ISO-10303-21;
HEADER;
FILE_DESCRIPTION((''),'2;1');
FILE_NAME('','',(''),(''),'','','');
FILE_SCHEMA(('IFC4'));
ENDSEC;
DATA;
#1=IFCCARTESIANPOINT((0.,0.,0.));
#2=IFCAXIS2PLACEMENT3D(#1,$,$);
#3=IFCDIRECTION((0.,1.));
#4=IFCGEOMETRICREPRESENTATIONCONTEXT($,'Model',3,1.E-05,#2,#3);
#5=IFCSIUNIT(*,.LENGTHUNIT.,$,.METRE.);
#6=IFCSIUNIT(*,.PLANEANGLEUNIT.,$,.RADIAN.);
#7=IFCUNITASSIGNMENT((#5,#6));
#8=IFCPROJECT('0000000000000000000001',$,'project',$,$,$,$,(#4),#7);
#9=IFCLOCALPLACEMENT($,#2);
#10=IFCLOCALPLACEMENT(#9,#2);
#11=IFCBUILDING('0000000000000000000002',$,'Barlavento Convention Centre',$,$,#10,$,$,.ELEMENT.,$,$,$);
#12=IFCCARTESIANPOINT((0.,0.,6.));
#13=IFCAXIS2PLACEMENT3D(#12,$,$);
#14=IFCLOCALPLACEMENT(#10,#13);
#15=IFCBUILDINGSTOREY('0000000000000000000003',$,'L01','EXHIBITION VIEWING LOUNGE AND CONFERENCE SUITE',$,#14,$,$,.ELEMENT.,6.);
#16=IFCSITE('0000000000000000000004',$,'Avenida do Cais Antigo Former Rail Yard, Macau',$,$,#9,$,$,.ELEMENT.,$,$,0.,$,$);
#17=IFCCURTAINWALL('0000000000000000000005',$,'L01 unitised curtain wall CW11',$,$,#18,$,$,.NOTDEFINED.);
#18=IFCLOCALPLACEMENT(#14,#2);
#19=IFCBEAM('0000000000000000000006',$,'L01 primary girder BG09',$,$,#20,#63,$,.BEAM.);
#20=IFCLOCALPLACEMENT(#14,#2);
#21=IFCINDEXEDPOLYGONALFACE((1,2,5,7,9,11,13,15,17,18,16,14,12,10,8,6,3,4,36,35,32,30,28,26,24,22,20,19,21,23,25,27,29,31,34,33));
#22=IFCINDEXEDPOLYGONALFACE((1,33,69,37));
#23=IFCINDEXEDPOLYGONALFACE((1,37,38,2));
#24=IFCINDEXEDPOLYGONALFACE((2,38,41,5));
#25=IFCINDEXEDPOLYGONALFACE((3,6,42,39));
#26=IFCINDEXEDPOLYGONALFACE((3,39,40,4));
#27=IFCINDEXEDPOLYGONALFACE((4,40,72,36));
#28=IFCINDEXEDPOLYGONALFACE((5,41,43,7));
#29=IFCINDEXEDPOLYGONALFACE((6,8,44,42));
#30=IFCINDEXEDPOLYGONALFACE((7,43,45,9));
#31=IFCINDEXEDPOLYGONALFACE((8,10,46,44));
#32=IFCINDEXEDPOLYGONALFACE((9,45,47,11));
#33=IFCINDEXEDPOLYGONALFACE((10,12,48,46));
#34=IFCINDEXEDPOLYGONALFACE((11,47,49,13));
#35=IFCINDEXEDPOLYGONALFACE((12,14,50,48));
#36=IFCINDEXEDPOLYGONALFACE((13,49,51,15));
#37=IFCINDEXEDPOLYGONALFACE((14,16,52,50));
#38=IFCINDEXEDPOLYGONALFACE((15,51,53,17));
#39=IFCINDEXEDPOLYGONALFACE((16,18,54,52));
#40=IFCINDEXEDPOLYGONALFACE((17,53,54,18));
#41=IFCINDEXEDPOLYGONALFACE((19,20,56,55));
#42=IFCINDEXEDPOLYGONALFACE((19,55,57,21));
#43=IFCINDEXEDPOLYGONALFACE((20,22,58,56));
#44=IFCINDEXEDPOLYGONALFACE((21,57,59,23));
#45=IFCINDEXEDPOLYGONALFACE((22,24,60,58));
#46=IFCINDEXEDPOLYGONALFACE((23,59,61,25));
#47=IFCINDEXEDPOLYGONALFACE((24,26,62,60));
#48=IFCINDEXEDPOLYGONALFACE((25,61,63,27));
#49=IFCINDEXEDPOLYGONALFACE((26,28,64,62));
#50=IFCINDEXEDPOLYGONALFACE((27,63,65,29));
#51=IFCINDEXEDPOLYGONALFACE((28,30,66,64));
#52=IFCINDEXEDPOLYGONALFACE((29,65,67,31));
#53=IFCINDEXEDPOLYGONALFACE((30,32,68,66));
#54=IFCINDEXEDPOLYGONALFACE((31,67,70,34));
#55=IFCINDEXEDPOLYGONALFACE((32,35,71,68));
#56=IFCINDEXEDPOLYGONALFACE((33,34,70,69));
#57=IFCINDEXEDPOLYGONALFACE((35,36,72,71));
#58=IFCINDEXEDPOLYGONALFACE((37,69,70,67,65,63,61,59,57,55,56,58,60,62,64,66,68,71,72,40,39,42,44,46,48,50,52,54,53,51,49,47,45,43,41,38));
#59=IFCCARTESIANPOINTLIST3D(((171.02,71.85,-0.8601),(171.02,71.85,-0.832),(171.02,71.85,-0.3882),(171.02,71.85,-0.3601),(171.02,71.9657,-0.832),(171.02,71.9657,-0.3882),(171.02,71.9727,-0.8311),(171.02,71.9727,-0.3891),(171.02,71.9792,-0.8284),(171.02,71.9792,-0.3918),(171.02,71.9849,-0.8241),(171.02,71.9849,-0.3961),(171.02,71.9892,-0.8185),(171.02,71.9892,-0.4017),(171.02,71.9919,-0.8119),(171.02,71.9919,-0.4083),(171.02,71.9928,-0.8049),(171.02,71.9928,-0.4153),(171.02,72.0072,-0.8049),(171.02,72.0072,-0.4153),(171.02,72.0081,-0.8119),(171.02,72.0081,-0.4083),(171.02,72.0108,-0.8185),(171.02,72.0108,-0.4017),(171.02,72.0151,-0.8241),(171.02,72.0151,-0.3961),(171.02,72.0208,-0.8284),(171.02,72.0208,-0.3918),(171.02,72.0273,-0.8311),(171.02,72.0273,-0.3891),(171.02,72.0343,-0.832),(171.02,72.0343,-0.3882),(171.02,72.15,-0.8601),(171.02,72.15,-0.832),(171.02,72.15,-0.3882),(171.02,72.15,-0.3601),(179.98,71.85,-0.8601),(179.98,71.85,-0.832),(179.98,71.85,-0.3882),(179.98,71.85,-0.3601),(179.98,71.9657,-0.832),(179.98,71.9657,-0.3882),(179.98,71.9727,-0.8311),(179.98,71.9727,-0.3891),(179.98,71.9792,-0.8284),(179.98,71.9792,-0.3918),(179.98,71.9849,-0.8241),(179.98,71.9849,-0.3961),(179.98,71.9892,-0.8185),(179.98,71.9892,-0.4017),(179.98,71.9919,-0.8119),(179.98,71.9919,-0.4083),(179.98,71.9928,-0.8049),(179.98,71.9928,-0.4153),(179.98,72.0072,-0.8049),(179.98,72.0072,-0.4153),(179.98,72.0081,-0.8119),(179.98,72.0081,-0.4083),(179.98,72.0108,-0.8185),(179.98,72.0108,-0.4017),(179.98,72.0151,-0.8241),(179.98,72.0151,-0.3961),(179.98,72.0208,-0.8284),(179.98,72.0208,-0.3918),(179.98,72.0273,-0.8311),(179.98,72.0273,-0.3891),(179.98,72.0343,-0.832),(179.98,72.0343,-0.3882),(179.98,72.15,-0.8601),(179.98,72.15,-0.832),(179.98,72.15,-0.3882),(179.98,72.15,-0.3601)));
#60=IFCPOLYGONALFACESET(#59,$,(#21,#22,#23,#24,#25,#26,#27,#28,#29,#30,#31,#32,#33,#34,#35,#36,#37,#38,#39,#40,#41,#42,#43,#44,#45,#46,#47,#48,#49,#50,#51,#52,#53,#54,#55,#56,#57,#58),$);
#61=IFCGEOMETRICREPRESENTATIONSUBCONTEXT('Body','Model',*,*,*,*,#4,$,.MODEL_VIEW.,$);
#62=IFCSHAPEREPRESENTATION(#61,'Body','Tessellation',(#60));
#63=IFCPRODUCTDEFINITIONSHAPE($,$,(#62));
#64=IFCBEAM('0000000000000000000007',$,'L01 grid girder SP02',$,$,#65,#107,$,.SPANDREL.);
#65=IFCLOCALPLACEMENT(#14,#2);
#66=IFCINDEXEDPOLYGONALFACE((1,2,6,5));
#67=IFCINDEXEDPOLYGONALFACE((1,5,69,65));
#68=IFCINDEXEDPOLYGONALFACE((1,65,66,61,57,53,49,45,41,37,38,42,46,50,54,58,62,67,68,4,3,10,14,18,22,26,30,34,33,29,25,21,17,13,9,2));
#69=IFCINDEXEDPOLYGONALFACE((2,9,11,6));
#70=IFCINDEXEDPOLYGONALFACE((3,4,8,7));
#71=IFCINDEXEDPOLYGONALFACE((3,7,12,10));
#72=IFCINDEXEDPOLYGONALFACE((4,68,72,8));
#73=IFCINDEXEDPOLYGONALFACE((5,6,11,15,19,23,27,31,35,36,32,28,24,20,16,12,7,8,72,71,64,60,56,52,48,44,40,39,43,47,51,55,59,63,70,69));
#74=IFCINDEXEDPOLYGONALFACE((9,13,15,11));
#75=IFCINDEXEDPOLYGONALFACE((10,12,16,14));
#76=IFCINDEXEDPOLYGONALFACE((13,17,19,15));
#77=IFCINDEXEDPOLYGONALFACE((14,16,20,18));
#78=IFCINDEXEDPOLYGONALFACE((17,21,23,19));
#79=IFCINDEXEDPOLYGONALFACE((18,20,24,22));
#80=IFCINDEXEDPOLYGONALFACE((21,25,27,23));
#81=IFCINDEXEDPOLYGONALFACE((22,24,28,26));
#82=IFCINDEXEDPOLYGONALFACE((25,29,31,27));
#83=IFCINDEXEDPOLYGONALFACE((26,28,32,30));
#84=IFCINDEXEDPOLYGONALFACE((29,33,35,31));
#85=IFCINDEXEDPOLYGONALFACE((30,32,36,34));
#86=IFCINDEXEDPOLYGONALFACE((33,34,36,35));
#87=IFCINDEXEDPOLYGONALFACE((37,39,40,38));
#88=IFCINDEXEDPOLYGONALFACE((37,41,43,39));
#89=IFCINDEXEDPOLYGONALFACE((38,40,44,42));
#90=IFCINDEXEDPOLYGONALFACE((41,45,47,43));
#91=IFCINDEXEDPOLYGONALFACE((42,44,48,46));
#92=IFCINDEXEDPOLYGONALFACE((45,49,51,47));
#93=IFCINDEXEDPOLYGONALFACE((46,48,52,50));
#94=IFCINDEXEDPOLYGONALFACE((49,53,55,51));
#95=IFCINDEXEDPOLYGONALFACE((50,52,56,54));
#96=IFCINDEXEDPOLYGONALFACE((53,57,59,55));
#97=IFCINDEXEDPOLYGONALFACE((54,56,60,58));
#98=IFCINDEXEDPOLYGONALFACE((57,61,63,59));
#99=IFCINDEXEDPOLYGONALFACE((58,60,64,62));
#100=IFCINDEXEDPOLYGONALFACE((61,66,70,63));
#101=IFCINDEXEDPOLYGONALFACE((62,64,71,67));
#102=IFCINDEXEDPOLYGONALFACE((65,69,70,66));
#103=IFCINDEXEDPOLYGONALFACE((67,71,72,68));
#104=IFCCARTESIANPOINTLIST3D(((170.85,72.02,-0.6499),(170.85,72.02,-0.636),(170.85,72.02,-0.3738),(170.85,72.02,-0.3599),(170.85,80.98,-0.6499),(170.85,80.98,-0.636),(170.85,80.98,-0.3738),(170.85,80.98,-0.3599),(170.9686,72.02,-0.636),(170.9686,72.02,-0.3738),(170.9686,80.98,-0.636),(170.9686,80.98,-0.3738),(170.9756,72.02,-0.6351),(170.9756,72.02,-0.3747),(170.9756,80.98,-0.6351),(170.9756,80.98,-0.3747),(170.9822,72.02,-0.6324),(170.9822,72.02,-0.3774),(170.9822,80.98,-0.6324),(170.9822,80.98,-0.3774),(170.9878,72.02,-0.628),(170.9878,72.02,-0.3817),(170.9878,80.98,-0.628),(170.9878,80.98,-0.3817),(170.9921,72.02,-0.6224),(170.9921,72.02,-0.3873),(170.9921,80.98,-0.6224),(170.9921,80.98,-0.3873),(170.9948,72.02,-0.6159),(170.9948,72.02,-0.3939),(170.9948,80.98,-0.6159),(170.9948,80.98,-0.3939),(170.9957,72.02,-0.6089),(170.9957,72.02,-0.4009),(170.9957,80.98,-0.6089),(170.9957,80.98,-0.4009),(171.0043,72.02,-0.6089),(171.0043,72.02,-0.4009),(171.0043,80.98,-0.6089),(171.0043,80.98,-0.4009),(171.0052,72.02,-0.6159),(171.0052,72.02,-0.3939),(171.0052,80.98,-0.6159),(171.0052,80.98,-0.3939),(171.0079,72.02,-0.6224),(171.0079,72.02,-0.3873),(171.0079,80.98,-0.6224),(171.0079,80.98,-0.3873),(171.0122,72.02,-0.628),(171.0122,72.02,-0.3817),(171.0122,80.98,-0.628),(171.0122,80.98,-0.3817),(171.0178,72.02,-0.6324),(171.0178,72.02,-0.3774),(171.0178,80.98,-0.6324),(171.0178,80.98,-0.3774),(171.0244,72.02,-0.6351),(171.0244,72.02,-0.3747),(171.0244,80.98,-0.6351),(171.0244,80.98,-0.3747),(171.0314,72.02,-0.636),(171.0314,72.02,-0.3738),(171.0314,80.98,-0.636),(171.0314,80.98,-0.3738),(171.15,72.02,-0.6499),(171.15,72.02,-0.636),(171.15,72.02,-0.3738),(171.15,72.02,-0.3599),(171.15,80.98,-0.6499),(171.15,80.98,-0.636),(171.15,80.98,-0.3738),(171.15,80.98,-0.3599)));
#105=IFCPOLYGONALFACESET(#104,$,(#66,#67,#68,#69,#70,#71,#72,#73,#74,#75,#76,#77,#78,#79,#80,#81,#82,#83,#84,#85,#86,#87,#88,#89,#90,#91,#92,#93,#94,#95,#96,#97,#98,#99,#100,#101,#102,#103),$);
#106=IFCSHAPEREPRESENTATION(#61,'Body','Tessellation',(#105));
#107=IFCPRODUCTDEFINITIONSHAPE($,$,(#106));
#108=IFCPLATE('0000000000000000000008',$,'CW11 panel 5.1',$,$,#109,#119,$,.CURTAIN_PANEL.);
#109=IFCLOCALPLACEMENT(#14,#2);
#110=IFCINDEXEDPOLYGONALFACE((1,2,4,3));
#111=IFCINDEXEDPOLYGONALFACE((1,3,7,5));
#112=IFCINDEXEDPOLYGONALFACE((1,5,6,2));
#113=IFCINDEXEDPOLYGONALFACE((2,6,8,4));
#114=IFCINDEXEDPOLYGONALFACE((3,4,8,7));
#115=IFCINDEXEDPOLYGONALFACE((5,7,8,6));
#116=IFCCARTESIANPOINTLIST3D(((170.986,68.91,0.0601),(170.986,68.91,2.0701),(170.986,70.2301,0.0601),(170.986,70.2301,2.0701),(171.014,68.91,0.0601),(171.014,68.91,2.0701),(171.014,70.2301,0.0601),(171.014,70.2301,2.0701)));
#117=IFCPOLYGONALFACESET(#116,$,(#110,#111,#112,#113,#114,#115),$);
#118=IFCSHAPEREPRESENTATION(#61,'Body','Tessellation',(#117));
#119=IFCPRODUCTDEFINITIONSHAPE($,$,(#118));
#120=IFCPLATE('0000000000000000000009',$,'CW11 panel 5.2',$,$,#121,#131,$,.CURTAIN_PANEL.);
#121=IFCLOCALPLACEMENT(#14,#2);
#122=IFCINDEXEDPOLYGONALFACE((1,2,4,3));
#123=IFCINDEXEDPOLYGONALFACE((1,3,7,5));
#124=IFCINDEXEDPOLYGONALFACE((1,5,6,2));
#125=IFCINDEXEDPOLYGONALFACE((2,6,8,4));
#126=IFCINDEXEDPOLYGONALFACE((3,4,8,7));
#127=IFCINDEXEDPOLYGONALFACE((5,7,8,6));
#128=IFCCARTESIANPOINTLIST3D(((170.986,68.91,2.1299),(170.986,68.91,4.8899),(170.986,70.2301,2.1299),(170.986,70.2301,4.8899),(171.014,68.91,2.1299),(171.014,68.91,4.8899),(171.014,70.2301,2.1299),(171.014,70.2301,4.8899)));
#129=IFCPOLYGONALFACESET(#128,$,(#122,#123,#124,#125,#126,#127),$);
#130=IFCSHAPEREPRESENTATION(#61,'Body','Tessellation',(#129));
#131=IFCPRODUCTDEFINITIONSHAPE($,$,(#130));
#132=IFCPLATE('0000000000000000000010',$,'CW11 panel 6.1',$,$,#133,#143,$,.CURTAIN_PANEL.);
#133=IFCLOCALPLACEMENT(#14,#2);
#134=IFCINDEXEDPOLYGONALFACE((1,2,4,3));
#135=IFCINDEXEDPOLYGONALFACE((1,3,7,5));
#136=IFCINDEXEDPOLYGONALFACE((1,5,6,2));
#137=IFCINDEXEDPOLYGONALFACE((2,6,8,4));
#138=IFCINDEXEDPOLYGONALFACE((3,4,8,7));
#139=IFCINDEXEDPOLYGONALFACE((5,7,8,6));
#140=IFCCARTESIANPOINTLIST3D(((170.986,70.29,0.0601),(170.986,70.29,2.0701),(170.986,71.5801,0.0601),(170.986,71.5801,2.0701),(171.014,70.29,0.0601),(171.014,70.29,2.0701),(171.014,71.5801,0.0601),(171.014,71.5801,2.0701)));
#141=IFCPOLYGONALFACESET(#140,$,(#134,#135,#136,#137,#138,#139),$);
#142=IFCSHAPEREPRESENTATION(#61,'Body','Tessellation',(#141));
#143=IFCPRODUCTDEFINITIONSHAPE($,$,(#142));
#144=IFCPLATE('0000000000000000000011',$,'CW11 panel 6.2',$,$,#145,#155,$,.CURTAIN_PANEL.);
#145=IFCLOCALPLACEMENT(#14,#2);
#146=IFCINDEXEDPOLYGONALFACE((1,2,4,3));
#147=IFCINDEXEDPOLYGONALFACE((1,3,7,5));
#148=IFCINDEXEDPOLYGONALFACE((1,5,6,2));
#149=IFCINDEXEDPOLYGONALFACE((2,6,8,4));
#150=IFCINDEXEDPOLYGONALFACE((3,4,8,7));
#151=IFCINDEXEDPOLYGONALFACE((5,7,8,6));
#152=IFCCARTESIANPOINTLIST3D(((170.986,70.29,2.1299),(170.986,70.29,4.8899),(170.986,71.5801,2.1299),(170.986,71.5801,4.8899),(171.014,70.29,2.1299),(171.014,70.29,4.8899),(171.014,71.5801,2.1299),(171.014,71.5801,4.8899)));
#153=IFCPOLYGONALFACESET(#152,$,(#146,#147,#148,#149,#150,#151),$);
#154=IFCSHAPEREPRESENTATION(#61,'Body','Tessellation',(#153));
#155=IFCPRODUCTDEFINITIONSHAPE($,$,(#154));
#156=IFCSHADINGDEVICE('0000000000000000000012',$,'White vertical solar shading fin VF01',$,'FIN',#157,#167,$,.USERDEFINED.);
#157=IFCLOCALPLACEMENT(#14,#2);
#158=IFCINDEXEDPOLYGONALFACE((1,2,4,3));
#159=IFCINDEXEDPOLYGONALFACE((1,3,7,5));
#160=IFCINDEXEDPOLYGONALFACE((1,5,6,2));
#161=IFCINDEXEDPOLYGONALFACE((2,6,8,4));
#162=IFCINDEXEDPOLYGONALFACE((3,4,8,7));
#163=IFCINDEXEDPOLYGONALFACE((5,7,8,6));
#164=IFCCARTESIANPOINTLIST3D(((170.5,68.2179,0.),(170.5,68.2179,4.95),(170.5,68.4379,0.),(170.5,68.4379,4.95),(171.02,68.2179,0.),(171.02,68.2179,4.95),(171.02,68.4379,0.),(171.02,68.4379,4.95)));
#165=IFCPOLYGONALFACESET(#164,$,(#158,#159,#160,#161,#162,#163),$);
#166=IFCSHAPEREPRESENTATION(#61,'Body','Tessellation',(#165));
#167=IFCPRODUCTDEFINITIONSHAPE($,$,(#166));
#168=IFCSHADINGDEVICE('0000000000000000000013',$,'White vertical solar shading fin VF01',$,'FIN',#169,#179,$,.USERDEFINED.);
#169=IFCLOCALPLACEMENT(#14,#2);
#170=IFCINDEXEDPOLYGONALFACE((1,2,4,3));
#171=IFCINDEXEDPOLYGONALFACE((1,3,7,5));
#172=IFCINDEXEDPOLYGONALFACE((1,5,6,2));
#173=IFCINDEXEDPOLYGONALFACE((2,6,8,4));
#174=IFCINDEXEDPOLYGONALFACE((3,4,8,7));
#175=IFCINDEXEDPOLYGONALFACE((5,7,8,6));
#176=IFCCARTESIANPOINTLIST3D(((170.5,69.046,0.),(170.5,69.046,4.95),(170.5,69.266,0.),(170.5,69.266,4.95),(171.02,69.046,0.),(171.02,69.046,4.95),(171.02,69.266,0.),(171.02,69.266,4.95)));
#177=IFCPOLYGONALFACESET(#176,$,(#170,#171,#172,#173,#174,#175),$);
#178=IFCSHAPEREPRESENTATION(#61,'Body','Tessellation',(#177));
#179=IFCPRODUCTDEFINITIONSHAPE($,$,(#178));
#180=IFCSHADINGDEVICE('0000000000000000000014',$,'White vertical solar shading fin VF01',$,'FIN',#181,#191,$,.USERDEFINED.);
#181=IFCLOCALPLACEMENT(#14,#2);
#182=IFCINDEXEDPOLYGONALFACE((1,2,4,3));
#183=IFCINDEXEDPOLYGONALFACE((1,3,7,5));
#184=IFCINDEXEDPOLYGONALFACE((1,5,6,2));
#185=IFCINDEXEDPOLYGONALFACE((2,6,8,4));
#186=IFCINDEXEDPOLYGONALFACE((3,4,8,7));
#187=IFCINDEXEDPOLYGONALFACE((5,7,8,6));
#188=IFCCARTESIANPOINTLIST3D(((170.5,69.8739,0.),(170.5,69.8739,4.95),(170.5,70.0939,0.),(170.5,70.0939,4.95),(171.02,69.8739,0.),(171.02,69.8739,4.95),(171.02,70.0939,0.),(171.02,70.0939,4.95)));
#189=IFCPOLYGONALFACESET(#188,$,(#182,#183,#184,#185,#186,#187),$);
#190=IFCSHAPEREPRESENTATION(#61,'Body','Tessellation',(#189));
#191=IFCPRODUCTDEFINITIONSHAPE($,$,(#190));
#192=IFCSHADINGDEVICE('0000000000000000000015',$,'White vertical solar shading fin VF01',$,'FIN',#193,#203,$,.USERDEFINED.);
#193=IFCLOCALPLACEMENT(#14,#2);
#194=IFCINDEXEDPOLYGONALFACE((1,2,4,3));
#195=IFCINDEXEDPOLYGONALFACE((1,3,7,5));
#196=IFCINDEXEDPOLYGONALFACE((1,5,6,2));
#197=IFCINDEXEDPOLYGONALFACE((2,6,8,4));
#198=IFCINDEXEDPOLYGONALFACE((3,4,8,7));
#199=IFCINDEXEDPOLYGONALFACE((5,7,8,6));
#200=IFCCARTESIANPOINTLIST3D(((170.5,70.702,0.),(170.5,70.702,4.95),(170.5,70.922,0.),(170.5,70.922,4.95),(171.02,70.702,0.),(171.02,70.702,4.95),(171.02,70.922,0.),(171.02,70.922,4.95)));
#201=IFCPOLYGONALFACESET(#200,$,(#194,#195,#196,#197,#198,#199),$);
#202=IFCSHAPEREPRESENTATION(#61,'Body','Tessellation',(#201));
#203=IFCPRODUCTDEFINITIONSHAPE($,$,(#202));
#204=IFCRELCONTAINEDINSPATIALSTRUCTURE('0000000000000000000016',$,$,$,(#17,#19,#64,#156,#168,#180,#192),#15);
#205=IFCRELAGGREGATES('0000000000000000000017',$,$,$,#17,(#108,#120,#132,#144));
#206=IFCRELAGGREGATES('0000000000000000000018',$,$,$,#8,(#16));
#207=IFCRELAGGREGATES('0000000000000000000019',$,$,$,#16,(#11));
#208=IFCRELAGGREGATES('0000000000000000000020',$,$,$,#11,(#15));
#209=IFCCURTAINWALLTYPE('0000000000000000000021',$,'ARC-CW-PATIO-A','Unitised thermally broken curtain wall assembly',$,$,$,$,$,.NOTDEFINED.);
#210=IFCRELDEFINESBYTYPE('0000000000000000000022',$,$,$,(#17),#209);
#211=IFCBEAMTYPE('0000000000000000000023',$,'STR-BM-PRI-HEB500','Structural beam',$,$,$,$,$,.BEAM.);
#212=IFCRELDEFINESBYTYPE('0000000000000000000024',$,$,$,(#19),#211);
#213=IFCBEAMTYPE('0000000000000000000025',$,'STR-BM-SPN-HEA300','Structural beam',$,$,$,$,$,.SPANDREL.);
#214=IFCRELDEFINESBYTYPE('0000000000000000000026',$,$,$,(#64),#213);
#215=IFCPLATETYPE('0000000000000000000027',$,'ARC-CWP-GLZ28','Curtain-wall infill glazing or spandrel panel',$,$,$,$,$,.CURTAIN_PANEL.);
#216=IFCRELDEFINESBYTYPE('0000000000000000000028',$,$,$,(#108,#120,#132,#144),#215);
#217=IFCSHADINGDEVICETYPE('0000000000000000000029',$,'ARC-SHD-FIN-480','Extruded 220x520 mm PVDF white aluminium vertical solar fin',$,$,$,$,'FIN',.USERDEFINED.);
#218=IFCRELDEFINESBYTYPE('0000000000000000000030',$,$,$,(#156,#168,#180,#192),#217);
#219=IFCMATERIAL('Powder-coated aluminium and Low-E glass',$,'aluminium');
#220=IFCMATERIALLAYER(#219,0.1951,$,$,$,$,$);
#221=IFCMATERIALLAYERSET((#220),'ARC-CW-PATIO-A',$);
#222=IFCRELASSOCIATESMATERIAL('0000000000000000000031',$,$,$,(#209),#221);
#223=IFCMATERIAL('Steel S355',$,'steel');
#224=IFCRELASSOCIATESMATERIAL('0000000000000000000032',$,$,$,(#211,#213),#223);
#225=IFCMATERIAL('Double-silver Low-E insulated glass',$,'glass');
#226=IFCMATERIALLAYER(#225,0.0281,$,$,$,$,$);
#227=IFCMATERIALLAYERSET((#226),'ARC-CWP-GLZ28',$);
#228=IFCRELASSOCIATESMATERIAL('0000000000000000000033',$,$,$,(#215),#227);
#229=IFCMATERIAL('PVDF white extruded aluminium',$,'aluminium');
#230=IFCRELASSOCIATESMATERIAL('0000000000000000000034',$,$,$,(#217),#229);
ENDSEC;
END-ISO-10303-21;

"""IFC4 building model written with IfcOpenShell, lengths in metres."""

from ifc_helpers import new_model, si_unit, direction, frame, origin, origin_2d, place, context, subcontext, project, spatial, rectangle, i_section, extrude, material, layer, layer_set, material_profile, profile_set, type_object, element, aggregate, save


model = new_model("IFC4")

# Units and contexts
model_context = context("Model", 3, precision=1e-05, world=origin(), true_north=direction((0.0, 1.0)))
body_context = subcontext(model_context, "Body", "Model", "MODEL_VIEW")
ifc_project = project(units=[si_unit("LENGTHUNIT", "METRE"), si_unit("PLANEANGLEUNIT", "RADIAN")], contexts=[model_context])

# Site, building, storey
site_placement = place(None, origin())
site = spatial("IfcSite", under=ifc_project, at=site_placement, Name="Avenida do Cais Antigo Former Rail Yard, Macau", CompositionType="ELEMENT", RefElevation=0.0)
building_placement = place(site_placement, origin())
building = spatial("IfcBuilding", under=site, at=building_placement, Name="Barlavento Convention Centre", CompositionType="ELEMENT")
storey_placement = place(building_placement, frame((0.0, 0.0, 6.0)))
storey = spatial("IfcBuildingStorey", under=building, at=storey_placement, Name="L01", Description="EXHIBITION VIEWING LOUNGE AND CONFERENCE SUITE", CompositionType="ELEMENT", Elevation=6.0)

# Curtain wall
ifc_material_1 = material(Name="Powder-coated aluminium and Low-E glass", Category="aluminium")
ifc_layer_1 = layer(ifc_material_1, 0.1951)
ifc_layer_set_1 = layer_set([ifc_layer_1], Name="ARC-CW-PATIO-A")
curtain_wall_type = type_object("IfcCurtainWallType", Name="ARC-CW-PATIO-A", Description="Unitised thermally broken curtain wall assembly", PredefinedType="NOTDEFINED", material=ifc_layer_set_1)
curtain_wall_placement = place(storey_placement, origin())
curtain_wall = element("IfcCurtainWall", 1, at=curtain_wall_placement, inside=storey, type_object=curtain_wall_type, Name="L01 unitised curtain wall CW11", PredefinedType="NOTDEFINED")

# Beams
ifc_material_2 = material(Name="Steel S355", Category="steel")
ifc_material_profile_1 = material_profile(ifc_material_2, i_section(OverallWidth=0.3, OverallDepth=0.5, WebThickness=0.0144, FlangeThickness=0.0281, FilletRadius=0.0271, at=origin_2d()), Name="HEB 500")
ifc_profile_set_1 = profile_set([ifc_material_profile_1], Name="Steel S355")
beam_type_1 = type_object("IfcBeamType", Name="STR-BM-PRI-HEB500", Description="Structural beam", PredefinedType="BEAM", material=ifc_profile_set_1)
beam_1_placement = place(storey_placement, frame((171.02, 72.0, -0.6101), z_axis=(1.0, 0.0, 0.0), x_axis=(0.0, 1.0, 0.0)))
element("IfcBeam", 2, at=beam_1_placement, inside=storey, type_object=beam_type_1, Name="L01 primary girder BG09", PredefinedType="BEAM", context=body_context, shape_type="SweptSolid", body=[
    extrude(i_section(OverallWidth=0.3, OverallDepth=0.5, WebThickness=0.0144, FlangeThickness=0.0281, FilletRadius=0.0271, at=origin_2d()), origin(), (0.0, 0.0, 1.0), 8.96),
])
ifc_material_profile_2 = material_profile(ifc_material_2, i_section(OverallWidth=0.3, OverallDepth=0.29, WebThickness=0.0085, FlangeThickness=0.0139, FilletRadius=0.0271, at=origin_2d()), Name="HEA 300")
ifc_profile_set_2 = profile_set([ifc_material_profile_2], Name="Steel S355")
beam_type_2 = type_object("IfcBeamType", Name="STR-BM-SPN-HEA300", Description="Structural beam", PredefinedType="SPANDREL", material=ifc_profile_set_2)
beam_2_placement = place(storey_placement, frame((171.0, 72.02, -0.5049), z_axis=(0.0, 1.0, 0.0), x_axis=(-1.0, 0.0, 0.0)))
element("IfcBeam", 3, at=beam_2_placement, inside=storey, type_object=beam_type_2, Name="L01 grid girder SP02", PredefinedType="SPANDREL", context=body_context, shape_type="SweptSolid", body=[
    extrude(i_section(OverallWidth=0.3, OverallDepth=0.29, WebThickness=0.0085, FlangeThickness=0.0139, FilletRadius=0.0271, at=origin_2d()), origin(), (0.0, 0.0, 1.0), 8.96),
])

# Plates
ifc_material_3 = material(Name="Double-silver Low-E insulated glass", Category="glass")
ifc_layer_2 = layer(ifc_material_3, 0.0281)
ifc_layer_set_2 = layer_set([ifc_layer_2], Name="ARC-CWP-GLZ28")
plate_type = type_object("IfcPlateType", Name="ARC-CWP-GLZ28", Description="Curtain-wall infill glazing or spandrel panel", PredefinedType="CURTAIN_PANEL", material=ifc_layer_set_2)
plate_1_placement = place(storey_placement, frame((171.0, 69.5701, 0.0601), z_axis=(0.0, 0.0, 1.0), x_axis=(0.0, 1.0, 0.0)))
plate_1 = element("IfcPlate", 4, at=plate_1_placement, type_object=plate_type, Name="CW11 panel 5.1", PredefinedType="CURTAIN_PANEL", context=body_context, shape_type="SweptSolid", body=[
    extrude(rectangle(XDim=1.3201, YDim=0.0281, at=origin_2d()), origin(), (0.0, 0.0, 1.0), 2.01),
])
plate_2_placement = place(storey_placement, frame((171.0, 69.5701, 2.1299), z_axis=(0.0, 0.0, 1.0), x_axis=(0.0, 1.0, 0.0)))
plate_2 = element("IfcPlate", 5, at=plate_2_placement, type_object=plate_type, Name="CW11 panel 5.2", PredefinedType="CURTAIN_PANEL", context=body_context, shape_type="SweptSolid", body=[
    extrude(rectangle(XDim=1.3201, YDim=0.0281, at=origin_2d()), origin(), (0.0, 0.0, 1.0), 2.76),
])
plate_3_placement = place(storey_placement, frame((171.0, 70.9351, 0.0601), z_axis=(0.0, 0.0, 1.0), x_axis=(0.0, 1.0, 0.0)))
plate_3 = element("IfcPlate", 6, at=plate_3_placement, type_object=plate_type, Name="CW11 panel 6.1", PredefinedType="CURTAIN_PANEL", context=body_context, shape_type="SweptSolid", body=[
    extrude(rectangle(XDim=1.29, YDim=0.0281, at=origin_2d()), origin(), (0.0, 0.0, 1.0), 2.01),
])
plate_4_placement = place(storey_placement, frame((171.0, 70.9351, 2.1299), z_axis=(0.0, 0.0, 1.0), x_axis=(0.0, 1.0, 0.0)))
plate_4 = element("IfcPlate", 7, at=plate_4_placement, type_object=plate_type, Name="CW11 panel 6.2", PredefinedType="CURTAIN_PANEL", context=body_context, shape_type="SweptSolid", body=[
    extrude(rectangle(XDim=1.29, YDim=0.0281, at=origin_2d()), origin(), (0.0, 0.0, 1.0), 2.76),
])
aggregate(curtain_wall, [plate_1, plate_2, plate_3, plate_4])

# Shading devices
ifc_material_4 = material(Name="PVDF white extruded aluminium", Category="aluminium")
shading_device_type = type_object("IfcShadingDeviceType", Name="ARC-SHD-FIN-480", Description="Extruded 220x520 mm PVDF white aluminium vertical solar fin", ElementType="FIN", PredefinedType="USERDEFINED", material=ifc_material_4)
for number, where, z_axis, x_axis, name in (
    (8, (170.76, 68.3279, 0.0), (0.0, 0.0, 1.0), (0.0, 1.0, 0.0), "White vertical solar shading fin VF01"),
    (9, (170.76, 69.156, 0.0), (0.0, 0.0, 1.0), (0.0, 1.0, 0.0), "White vertical solar shading fin VF01"),
    (10, (170.76, 69.9839, 0.0), (0.0, 0.0, 1.0), (0.0, 1.0, 0.0), "White vertical solar shading fin VF01"),
    (11, (170.76, 70.812, 0.0), (0.0, 0.0, 1.0), (0.0, 1.0, 0.0), "White vertical solar shading fin VF01"),
):
    element("IfcShadingDevice", number, at=place(storey_placement, frame(where, z_axis=z_axis, x_axis=x_axis)), inside=storey, type_object=shading_device_type, Name=name, ObjectType="FIN", PredefinedType="USERDEFINED", context=body_context, shape_type="SweptSolid", body=[
        extrude(rectangle(XDim=0.22, YDim=0.52, at=origin_2d()), origin(), (0.0, 0.0, 1.0), 4.95),
    ])

save(model, "model.ifc")
